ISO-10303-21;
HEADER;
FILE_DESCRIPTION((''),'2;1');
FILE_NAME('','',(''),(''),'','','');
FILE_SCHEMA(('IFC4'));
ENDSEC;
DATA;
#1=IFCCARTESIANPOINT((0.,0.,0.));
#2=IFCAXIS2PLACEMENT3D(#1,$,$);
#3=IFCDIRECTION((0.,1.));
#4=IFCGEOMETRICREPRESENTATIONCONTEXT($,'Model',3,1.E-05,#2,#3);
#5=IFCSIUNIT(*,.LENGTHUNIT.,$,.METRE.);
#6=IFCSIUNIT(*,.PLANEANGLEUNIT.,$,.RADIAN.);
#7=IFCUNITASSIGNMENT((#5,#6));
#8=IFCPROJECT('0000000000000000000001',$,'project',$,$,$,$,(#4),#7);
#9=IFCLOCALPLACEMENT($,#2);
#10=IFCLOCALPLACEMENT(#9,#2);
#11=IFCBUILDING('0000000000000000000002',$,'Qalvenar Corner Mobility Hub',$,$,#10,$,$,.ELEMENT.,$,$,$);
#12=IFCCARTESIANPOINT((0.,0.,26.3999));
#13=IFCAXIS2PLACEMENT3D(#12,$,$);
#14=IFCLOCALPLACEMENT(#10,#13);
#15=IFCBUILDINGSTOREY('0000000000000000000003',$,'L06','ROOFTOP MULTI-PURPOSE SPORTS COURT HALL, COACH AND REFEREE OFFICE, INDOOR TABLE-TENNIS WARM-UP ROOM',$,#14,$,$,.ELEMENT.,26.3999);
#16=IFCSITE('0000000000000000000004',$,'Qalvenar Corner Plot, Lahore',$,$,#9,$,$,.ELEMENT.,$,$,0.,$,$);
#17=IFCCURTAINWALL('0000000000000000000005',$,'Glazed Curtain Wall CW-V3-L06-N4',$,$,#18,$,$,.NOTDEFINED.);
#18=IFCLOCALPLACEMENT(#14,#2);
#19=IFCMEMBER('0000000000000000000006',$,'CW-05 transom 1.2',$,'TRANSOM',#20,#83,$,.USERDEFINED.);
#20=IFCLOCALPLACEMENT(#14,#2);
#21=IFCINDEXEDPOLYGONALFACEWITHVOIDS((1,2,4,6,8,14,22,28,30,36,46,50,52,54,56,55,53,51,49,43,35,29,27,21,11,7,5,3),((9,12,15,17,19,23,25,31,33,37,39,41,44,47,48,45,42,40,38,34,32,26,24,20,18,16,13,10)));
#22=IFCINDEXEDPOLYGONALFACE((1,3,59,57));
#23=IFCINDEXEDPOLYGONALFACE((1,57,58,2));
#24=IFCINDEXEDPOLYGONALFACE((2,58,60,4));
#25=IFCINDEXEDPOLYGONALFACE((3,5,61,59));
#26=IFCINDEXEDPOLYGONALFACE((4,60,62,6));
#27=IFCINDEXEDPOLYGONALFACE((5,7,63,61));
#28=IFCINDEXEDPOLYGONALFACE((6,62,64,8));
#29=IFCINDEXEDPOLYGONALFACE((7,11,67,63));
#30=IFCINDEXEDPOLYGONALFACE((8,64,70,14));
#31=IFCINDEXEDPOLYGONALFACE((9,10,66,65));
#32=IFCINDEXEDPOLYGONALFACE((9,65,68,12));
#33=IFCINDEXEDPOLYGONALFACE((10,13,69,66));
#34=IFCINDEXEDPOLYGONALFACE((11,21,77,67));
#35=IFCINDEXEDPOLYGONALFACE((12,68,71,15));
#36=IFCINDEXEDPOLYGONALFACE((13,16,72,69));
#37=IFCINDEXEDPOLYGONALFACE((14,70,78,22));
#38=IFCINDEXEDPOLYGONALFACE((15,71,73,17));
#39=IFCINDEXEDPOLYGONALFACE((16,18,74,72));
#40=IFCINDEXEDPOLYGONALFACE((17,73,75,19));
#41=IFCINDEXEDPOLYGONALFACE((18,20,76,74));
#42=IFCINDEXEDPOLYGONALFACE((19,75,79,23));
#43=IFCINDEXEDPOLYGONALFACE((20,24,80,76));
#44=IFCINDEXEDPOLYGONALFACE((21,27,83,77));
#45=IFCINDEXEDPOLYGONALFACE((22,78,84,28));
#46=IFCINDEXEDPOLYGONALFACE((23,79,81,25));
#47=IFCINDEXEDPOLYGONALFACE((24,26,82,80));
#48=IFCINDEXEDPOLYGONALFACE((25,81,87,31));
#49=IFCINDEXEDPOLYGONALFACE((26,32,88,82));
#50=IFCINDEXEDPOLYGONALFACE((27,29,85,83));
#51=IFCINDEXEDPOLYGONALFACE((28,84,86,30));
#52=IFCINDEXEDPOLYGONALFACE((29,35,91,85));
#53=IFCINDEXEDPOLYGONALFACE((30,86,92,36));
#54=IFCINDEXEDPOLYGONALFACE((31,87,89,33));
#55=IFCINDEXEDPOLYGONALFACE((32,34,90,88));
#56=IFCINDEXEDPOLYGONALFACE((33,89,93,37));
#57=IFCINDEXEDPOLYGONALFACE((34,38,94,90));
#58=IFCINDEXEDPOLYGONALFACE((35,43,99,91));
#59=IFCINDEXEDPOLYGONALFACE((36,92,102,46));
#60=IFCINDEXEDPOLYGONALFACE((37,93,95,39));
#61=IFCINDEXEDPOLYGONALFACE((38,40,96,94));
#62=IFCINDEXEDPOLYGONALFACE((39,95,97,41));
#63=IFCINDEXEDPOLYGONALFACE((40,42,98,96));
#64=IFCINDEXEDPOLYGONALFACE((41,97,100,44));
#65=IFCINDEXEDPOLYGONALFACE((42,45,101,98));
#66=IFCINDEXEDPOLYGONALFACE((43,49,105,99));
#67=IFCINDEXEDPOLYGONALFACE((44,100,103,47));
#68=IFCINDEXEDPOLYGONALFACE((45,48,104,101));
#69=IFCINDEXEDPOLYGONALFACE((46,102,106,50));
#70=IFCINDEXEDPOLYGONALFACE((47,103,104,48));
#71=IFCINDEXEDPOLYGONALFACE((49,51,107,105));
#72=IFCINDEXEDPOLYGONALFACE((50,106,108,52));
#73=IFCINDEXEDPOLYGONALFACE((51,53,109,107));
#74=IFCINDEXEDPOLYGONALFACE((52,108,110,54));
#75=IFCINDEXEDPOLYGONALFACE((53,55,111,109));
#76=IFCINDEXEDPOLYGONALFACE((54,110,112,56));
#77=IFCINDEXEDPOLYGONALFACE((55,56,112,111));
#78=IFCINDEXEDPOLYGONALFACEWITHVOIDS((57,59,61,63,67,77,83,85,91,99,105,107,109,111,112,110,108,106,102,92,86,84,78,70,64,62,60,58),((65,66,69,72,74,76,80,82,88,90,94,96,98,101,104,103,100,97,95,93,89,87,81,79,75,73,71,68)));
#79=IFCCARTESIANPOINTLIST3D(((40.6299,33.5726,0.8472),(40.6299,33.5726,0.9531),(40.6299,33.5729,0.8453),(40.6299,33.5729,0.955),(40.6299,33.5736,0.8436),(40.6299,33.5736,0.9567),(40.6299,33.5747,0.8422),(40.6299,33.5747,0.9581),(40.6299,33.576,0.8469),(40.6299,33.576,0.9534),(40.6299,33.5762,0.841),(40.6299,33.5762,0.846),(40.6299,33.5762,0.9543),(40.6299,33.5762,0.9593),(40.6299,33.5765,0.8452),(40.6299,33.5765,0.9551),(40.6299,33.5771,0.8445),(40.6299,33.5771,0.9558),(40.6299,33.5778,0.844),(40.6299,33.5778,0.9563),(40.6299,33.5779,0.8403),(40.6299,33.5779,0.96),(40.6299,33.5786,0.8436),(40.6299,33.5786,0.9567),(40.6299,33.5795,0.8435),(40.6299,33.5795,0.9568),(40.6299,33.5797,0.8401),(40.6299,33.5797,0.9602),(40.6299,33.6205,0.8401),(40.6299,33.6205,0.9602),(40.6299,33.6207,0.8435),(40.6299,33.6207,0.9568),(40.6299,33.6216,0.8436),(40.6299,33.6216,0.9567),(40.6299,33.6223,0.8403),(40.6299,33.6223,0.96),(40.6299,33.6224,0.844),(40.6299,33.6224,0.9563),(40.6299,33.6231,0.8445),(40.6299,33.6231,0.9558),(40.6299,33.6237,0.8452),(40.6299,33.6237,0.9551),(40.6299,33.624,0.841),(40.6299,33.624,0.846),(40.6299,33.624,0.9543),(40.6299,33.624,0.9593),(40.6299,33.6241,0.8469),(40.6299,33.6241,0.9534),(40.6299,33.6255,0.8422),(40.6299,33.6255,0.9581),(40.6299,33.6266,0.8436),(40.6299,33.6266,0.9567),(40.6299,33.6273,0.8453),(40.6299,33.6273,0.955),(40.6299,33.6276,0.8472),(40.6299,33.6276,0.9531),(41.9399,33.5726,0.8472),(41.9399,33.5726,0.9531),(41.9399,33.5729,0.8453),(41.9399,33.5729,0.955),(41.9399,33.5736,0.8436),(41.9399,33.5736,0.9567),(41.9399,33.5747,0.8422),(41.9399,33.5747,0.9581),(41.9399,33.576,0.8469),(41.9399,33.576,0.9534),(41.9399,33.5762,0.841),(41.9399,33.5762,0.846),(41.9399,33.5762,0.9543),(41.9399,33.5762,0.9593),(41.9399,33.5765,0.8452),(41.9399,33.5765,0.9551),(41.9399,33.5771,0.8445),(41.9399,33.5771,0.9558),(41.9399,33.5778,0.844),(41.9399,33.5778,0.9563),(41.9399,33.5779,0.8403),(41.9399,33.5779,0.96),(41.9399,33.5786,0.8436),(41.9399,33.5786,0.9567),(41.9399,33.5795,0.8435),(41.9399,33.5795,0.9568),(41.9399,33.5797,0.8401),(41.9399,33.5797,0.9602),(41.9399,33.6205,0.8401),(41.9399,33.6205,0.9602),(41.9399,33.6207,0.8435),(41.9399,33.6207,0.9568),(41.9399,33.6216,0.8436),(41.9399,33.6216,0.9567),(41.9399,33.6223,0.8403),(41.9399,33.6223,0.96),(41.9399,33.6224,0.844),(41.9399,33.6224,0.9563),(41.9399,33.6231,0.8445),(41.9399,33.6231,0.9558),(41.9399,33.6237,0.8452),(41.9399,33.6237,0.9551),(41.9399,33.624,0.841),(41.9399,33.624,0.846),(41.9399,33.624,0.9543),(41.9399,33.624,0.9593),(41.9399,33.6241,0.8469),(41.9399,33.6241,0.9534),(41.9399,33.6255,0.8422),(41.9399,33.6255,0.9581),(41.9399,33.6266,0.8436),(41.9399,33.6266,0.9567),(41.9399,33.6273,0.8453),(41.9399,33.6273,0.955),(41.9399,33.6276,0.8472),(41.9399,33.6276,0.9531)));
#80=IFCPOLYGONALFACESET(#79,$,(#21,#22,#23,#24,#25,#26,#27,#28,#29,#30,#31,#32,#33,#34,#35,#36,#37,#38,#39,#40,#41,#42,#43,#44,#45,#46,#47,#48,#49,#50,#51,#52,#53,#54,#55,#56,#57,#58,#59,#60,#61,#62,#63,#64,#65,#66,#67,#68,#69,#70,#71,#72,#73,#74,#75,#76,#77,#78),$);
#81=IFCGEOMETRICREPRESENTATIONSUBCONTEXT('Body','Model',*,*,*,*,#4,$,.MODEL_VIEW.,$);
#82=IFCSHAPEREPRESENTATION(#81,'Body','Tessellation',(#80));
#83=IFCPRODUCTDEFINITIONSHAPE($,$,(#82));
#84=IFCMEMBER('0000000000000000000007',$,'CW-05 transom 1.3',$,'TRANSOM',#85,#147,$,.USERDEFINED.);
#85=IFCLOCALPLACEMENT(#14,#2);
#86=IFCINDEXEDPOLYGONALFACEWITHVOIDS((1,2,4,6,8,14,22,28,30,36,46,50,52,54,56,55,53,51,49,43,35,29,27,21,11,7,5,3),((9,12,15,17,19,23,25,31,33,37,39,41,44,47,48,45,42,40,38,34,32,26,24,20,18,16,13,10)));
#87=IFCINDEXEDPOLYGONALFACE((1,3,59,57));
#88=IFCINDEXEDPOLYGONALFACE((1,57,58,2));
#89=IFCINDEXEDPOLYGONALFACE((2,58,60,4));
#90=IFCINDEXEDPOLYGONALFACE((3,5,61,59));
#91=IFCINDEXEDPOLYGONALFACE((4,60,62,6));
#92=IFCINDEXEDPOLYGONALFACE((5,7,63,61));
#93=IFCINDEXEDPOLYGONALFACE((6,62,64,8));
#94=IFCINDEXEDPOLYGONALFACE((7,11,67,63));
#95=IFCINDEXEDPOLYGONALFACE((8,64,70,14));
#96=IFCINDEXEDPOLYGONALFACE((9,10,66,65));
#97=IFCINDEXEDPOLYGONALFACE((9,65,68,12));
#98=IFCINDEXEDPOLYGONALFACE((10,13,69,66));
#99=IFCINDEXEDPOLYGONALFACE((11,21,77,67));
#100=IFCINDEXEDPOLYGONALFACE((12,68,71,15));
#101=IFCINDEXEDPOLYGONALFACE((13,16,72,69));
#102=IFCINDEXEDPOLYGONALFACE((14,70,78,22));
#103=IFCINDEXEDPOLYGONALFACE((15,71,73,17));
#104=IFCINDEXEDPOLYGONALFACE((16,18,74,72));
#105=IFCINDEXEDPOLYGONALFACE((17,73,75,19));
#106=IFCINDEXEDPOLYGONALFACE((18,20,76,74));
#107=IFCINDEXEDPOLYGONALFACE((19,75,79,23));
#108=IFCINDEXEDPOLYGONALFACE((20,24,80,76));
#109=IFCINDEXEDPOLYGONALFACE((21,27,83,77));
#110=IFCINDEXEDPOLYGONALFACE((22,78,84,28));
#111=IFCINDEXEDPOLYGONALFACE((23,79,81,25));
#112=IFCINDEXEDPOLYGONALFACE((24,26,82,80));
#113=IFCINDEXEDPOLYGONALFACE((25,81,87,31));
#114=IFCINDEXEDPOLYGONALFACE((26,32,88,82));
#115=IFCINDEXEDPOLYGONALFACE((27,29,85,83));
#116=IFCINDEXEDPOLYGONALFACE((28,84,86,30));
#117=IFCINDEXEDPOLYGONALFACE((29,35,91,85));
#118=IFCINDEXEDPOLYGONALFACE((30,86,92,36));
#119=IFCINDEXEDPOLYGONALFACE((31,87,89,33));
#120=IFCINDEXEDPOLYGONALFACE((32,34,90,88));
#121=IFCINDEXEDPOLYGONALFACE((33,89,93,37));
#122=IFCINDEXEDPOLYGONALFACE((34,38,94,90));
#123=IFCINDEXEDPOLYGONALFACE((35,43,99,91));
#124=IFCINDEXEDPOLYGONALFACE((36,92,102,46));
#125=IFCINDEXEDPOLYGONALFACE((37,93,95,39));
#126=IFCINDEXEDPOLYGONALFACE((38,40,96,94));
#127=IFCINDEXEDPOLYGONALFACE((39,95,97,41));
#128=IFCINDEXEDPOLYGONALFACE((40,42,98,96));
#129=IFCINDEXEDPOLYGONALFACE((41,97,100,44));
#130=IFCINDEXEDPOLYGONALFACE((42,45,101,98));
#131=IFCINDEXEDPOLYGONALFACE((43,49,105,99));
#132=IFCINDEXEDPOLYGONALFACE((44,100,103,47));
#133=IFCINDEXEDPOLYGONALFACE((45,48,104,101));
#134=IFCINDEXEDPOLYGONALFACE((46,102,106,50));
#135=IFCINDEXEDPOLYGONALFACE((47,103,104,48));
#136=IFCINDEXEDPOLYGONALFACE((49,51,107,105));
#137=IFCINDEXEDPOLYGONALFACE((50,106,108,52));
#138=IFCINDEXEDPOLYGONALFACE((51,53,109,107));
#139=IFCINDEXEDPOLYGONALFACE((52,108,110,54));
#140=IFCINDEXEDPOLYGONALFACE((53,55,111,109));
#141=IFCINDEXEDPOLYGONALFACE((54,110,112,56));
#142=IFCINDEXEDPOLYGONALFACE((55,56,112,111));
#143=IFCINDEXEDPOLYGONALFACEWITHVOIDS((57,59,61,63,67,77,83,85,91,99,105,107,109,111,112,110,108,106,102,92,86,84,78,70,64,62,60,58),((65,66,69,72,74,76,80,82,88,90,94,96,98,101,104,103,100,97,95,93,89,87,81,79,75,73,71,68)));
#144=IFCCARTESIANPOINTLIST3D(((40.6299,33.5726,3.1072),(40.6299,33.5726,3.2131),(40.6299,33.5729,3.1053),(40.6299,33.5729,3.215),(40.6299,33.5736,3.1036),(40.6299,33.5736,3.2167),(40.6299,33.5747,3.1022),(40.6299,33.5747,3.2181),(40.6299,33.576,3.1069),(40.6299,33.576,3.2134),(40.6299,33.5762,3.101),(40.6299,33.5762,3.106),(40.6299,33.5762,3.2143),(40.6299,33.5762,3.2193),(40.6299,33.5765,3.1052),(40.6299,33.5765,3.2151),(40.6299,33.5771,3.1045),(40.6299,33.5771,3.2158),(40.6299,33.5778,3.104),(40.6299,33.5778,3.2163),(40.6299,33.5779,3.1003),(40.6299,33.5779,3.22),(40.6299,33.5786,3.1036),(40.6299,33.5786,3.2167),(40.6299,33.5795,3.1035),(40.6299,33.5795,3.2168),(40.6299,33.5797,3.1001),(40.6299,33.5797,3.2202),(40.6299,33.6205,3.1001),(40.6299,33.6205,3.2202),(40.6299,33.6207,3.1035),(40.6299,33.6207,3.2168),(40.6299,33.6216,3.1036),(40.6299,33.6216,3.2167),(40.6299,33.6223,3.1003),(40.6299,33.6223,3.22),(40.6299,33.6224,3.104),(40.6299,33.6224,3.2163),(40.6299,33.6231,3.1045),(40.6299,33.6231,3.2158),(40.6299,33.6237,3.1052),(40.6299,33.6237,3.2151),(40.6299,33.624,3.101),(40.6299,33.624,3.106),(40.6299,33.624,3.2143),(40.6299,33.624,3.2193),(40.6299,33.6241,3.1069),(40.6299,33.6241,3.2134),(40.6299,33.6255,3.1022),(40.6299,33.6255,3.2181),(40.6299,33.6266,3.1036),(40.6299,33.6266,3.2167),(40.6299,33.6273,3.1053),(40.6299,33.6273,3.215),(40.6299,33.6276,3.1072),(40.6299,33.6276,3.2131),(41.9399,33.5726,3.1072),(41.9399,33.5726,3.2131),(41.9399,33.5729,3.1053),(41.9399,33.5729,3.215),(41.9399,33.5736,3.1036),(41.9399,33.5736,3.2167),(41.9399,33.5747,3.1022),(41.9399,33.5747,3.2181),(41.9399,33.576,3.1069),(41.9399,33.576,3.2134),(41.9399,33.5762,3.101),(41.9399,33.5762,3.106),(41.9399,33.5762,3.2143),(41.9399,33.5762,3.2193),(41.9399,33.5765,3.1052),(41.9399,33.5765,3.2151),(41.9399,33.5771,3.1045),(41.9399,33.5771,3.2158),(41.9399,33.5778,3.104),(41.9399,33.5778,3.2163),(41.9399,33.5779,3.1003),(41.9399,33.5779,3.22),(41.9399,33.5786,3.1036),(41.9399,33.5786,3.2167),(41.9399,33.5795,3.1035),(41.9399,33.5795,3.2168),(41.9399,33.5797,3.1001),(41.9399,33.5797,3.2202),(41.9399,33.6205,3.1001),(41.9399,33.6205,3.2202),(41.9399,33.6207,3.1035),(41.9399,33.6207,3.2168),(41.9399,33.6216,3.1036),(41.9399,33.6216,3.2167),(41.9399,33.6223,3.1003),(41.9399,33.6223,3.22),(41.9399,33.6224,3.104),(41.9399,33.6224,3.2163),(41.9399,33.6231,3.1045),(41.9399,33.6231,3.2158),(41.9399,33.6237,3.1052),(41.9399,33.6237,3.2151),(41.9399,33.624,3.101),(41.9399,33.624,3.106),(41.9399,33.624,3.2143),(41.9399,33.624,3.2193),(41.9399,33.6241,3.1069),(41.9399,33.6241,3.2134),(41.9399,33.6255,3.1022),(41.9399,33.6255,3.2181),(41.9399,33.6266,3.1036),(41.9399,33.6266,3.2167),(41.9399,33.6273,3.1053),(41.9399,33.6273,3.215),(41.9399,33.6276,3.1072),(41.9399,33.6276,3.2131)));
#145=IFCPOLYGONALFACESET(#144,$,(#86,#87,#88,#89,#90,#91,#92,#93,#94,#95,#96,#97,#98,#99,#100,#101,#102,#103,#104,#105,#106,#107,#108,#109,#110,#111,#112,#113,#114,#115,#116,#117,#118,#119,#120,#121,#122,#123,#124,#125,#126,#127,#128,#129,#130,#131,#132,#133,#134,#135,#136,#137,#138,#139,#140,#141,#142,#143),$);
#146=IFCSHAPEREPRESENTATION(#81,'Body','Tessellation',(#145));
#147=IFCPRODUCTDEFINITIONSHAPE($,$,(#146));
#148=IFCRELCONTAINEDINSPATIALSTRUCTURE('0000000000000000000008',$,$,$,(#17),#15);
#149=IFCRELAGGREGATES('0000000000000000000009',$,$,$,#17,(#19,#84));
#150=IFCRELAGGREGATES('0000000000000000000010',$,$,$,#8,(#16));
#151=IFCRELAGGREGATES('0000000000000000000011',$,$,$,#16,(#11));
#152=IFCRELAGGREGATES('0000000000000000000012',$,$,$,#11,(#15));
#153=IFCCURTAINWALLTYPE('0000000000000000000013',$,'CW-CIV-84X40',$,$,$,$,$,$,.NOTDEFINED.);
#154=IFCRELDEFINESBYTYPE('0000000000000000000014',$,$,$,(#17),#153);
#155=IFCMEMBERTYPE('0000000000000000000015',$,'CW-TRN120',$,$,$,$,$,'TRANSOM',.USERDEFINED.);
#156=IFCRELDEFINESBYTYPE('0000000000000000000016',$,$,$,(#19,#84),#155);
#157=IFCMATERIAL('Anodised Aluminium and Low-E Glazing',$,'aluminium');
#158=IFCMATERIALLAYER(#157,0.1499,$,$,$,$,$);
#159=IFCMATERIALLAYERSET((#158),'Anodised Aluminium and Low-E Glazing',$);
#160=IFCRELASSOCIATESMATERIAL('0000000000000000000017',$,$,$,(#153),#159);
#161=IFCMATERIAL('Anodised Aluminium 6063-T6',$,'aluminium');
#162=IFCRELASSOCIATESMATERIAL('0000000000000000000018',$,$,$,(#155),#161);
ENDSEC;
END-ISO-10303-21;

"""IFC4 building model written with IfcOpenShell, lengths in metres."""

from ifc_helpers import new_model, si_unit, direction, frame, origin, origin_2d, place, context, subcontext, project, spatial, hollow_rectangle, extrude, material, layer, layer_set, material_profile, profile_set, type_object, element, aggregate, save


model = new_model("IFC4")

# Units and contexts
model_context = context("Model", 3, precision=1e-05, world=origin(), true_north=direction((0.0, 1.0)))
body_context = subcontext(model_context, "Body", "Model", "MODEL_VIEW")
ifc_project = project(units=[si_unit("LENGTHUNIT", "METRE"), si_unit("PLANEANGLEUNIT", "RADIAN")], contexts=[model_context])

# Site, building, storey
site_placement = place(None, origin())
site = spatial("IfcSite", under=ifc_project, at=site_placement, Name="Qalvenar Corner Plot, Lahore", CompositionType="ELEMENT", RefElevation=0.0)
building_placement = place(site_placement, origin())
building = spatial("IfcBuilding", under=site, at=building_placement, Name="Qalvenar Corner Mobility Hub", CompositionType="ELEMENT")
storey_placement = place(building_placement, frame((0.0, 0.0, 26.3999)))
storey = spatial("IfcBuildingStorey", under=building, at=storey_placement, Name="L06", Description="ROOFTOP MULTI-PURPOSE SPORTS COURT HALL, COACH AND REFEREE OFFICE, INDOOR TABLE-TENNIS WARM-UP ROOM", CompositionType="ELEMENT", Elevation=26.3999)

# Curtain wall
ifc_material_1 = material(Name="Anodised Aluminium and Low-E Glazing", Category="aluminium")
ifc_layer_1 = layer(ifc_material_1, 0.1499)
ifc_layer_set_1 = layer_set([ifc_layer_1], Name="Anodised Aluminium and Low-E Glazing")
curtain_wall_type_1 = type_object("IfcCurtainWallType", Name="CW-CIV-84X40", PredefinedType="NOTDEFINED", material=ifc_layer_set_1)
curtain_wall_1_placement = place(storey_placement, origin())
curtain_wall_1 = element("IfcCurtainWall", 1, at=curtain_wall_1_placement, inside=storey, type_object=curtain_wall_type_1, Name="Glazed Curtain Wall CW-V3-L06-N4", PredefinedType="NOTDEFINED")
ifc_material_2 = material(Name="Anodised Aluminium 6063-T6", Category="aluminium")

# Members
ifc_material_profile_1 = material_profile(ifc_material_2, hollow_rectangle(XDim=0.0549, YDim=0.1201, WallThickness=0.0034, InnerFilletRadius=0.0034, OuterFilletRadius=0.0071, at=origin_2d()), Name="RHS120x55x3.5")
ifc_profile_set_1 = profile_set([ifc_material_profile_1], Name="Anodised Aluminium 6063-T6")
member_type_1 = type_object("IfcMemberType", Name="CW-TRN120", ElementType="TRANSOM", PredefinedType="USERDEFINED", material=ifc_profile_set_1)
member_1_placement = place(storey_placement, frame((41.9399, 33.6001, 0.9001), z_axis=(-1.0, 0.0, 0.0), x_axis=(0.0, -1.0, 0.0)))
member_1 = element("IfcMember", 2, at=member_1_placement, type_object=member_type_1, Name="CW-05 transom 1.2", ObjectType="TRANSOM", PredefinedType="USERDEFINED", context=body_context, shape_type="SweptSolid", body=[
    extrude(hollow_rectangle(XDim=0.0549, YDim=0.1201, WallThickness=0.0034, InnerFilletRadius=0.0034, OuterFilletRadius=0.0071, at=origin_2d()), origin(), (0.0, 0.0, 1.0), 1.3101),
])
member_2_placement = place(storey_placement, frame((41.9399, 33.6001, 3.1602), z_axis=(-1.0, 0.0, 0.0), x_axis=(0.0, -1.0, 0.0)))
member_2 = element("IfcMember", 3, at=member_2_placement, type_object=member_type_1, Name="CW-05 transom 1.3", ObjectType="TRANSOM", PredefinedType="USERDEFINED", context=body_context, shape_type="SweptSolid", body=[
    extrude(hollow_rectangle(XDim=0.0549, YDim=0.1201, WallThickness=0.0034, InnerFilletRadius=0.0034, OuterFilletRadius=0.0071, at=origin_2d()), origin(), (0.0, 0.0, 1.0), 1.3101),
])

aggregate(curtain_wall_1, [member_1, member_2])

save(model, "model.ifc")
